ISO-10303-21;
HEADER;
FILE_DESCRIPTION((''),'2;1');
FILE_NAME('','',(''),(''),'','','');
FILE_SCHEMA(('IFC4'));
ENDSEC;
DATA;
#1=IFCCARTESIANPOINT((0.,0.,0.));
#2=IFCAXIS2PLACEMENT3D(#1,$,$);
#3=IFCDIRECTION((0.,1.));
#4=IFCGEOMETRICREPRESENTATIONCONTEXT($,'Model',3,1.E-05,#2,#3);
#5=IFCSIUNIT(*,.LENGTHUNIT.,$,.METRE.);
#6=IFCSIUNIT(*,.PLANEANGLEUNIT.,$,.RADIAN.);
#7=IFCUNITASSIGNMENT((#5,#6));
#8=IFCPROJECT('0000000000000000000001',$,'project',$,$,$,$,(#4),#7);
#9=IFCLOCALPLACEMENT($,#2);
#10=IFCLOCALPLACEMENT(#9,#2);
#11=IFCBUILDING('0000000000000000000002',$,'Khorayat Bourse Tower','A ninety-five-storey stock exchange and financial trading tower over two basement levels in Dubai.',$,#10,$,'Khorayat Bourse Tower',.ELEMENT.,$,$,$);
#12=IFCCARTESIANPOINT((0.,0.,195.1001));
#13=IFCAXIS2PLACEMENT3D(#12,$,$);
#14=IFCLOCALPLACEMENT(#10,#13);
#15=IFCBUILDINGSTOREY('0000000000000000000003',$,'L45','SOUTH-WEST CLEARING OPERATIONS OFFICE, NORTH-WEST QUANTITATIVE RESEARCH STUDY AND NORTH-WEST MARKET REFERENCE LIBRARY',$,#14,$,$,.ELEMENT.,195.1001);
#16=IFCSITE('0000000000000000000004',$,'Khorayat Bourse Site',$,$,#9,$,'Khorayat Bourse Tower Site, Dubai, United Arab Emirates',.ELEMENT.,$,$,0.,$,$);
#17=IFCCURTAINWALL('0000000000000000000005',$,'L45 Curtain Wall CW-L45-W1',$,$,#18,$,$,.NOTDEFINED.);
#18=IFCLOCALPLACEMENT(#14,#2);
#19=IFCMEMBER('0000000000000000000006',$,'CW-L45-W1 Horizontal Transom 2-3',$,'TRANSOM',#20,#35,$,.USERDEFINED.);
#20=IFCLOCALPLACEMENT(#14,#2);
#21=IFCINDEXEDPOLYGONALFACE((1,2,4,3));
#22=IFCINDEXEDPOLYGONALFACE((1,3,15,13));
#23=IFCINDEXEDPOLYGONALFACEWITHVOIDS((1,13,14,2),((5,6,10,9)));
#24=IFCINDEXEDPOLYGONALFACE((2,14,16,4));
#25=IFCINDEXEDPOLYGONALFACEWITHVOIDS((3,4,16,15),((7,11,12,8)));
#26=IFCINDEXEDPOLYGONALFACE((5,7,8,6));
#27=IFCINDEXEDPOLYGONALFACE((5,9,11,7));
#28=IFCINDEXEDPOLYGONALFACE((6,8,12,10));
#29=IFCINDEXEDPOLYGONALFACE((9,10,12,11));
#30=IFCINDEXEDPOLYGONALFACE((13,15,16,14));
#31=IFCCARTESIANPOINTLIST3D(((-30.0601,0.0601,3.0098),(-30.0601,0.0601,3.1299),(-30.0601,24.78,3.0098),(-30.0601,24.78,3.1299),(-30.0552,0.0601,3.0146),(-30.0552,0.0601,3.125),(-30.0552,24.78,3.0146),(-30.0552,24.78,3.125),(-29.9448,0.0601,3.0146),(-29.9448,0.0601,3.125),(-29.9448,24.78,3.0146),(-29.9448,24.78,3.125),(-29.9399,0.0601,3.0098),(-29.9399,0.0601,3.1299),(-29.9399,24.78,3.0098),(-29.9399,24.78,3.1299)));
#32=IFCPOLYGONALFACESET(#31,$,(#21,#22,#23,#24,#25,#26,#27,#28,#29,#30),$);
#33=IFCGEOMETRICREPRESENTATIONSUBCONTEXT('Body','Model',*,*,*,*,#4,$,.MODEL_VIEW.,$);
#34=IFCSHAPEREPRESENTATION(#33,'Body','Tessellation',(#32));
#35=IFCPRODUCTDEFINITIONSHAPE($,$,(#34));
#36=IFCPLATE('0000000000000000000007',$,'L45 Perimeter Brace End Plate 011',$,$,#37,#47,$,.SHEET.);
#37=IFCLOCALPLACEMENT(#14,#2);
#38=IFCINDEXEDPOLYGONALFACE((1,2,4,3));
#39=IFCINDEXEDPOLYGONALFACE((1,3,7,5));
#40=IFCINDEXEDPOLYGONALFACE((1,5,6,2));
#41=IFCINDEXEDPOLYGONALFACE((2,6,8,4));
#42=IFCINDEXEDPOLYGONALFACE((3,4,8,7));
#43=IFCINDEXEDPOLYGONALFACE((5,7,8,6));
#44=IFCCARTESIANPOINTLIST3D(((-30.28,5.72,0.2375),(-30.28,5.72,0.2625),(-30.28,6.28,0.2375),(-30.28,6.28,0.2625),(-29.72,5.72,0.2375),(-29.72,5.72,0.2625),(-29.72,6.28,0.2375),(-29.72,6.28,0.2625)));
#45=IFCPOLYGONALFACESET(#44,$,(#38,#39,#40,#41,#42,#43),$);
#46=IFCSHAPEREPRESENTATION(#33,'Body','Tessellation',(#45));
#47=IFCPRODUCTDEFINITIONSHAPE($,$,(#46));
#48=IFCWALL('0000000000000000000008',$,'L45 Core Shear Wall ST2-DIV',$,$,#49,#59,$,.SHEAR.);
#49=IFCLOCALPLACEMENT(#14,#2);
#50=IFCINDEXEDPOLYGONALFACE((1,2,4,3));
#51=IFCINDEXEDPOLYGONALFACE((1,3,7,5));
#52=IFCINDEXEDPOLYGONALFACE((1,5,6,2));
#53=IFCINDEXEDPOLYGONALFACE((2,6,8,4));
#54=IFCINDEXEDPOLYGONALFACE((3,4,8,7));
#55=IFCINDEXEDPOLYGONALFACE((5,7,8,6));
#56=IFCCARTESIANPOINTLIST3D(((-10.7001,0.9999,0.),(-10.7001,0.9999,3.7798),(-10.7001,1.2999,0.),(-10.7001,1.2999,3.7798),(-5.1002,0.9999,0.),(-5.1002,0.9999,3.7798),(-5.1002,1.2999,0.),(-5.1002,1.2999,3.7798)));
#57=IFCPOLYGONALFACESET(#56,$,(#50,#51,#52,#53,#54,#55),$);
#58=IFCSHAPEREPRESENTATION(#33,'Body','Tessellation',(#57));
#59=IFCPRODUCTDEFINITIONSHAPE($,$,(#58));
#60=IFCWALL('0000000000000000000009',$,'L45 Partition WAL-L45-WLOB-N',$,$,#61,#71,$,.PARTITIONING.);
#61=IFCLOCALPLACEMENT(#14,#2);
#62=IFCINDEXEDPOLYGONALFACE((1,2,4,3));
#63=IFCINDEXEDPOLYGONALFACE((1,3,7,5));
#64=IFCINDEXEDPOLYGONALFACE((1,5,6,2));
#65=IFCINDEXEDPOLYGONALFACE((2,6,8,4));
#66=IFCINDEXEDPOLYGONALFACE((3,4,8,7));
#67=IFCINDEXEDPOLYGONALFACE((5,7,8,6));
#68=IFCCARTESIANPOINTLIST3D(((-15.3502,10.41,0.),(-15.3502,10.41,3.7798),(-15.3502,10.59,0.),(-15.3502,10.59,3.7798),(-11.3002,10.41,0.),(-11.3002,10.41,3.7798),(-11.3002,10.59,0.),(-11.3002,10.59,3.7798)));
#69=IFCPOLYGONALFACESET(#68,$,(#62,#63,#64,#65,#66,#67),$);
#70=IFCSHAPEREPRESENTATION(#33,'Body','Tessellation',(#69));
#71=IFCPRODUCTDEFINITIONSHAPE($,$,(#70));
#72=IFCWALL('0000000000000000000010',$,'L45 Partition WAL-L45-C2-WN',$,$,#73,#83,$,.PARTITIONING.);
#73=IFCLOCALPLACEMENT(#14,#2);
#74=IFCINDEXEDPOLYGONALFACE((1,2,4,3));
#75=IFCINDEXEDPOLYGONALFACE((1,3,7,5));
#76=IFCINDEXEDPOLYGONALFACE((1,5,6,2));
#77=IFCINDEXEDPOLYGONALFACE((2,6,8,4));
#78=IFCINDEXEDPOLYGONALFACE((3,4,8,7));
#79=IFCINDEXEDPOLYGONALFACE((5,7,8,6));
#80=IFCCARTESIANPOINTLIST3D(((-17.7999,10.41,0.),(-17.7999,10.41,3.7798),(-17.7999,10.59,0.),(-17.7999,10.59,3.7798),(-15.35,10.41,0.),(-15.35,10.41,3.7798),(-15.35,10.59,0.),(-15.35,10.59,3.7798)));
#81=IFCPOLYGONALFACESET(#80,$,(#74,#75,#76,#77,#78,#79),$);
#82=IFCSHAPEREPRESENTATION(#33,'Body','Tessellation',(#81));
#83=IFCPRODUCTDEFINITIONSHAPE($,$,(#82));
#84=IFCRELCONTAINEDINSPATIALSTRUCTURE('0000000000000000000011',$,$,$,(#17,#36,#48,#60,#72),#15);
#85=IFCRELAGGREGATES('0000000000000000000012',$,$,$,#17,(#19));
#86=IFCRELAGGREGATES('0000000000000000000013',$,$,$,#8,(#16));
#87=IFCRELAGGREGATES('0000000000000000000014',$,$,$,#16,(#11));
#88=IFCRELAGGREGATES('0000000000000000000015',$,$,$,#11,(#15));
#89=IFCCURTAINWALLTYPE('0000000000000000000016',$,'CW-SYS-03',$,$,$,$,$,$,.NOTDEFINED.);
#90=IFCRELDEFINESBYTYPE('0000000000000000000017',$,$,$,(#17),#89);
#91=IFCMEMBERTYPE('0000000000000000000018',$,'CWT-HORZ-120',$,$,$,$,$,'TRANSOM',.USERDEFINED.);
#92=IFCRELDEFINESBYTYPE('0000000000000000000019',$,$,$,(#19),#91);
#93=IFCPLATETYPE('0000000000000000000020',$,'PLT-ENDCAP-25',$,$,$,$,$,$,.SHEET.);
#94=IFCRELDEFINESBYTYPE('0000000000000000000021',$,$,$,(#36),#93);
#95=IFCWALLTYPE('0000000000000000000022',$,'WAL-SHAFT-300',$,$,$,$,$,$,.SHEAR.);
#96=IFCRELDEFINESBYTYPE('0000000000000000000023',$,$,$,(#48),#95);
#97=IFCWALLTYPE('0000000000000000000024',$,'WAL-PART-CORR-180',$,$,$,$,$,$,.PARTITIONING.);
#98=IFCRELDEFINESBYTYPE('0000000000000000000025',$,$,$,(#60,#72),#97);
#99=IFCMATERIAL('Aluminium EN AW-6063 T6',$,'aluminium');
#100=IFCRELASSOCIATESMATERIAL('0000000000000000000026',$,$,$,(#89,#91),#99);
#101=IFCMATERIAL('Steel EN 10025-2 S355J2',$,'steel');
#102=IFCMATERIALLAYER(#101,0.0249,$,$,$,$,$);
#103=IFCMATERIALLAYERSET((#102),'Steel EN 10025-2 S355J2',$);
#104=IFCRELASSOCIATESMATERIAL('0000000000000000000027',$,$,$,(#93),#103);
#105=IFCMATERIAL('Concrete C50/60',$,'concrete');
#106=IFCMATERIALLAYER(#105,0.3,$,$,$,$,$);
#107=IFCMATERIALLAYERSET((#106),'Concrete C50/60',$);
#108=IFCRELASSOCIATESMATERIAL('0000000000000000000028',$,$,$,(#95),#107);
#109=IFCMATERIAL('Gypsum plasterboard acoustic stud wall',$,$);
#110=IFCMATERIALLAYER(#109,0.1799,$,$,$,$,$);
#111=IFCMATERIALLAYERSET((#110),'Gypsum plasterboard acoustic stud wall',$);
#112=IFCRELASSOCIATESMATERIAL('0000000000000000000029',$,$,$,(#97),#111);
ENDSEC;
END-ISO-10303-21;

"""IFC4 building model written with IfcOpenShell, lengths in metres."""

from ifc_helpers import new_model, si_unit, direction, frame, frame_2d, origin, origin_2d, place, context, subcontext, project, spatial, rectangle, hollow_rectangle, extrude, source, transform, mapped, material, layer, layer_set, material_profile, profile_set, type_object, element, aggregate, save


model = new_model("IFC4")

# Units and contexts
model_context = context("Model", 3, precision=1e-05, world=origin(), true_north=direction((0.0, 1.0)))
body_context = subcontext(model_context, "Body", "Model", "MODEL_VIEW")
ifc_project = project(units=[si_unit("LENGTHUNIT", "METRE"), si_unit("PLANEANGLEUNIT", "RADIAN")], contexts=[model_context])

# Site, building, storey
site_placement = place(None, origin())
site = spatial("IfcSite", under=ifc_project, at=site_placement, Name="Khorayat Bourse Site", LongName="Khorayat Bourse Tower Site, Dubai, United Arab Emirates", CompositionType="ELEMENT", RefElevation=0.0)
building_placement = place(site_placement, origin())
building = spatial("IfcBuilding", under=site, at=building_placement, Name="Khorayat Bourse Tower", Description="A ninety-five-storey stock exchange and financial trading tower over two basement levels in Dubai.", LongName="Khorayat Bourse Tower", CompositionType="ELEMENT")
storey_placement = place(building_placement, frame((0.0, 0.0, 195.1001)))
storey = spatial("IfcBuildingStorey", under=building, at=storey_placement, Name="L45", Description="SOUTH-WEST CLEARING OPERATIONS OFFICE, NORTH-WEST QUANTITATIVE RESEARCH STUDY AND NORTH-WEST MARKET REFERENCE LIBRARY", CompositionType="ELEMENT", Elevation=195.1001)

# Curtain wall, member
ifc_material_1 = material(Name="Aluminium EN AW-6063 T6", Category="aluminium")
curtain_wall_type = type_object("IfcCurtainWallType", Name="CW-SYS-03", PredefinedType="NOTDEFINED", material=ifc_material_1)
curtain_wall_placement = place(storey_placement, origin())
curtain_wall = element("IfcCurtainWall", 1, at=curtain_wall_placement, inside=storey, type_object=curtain_wall_type, Name="L45 Curtain Wall CW-L45-W1", PredefinedType="NOTDEFINED")
ifc_material_profile_1 = material_profile(ifc_material_1, hollow_rectangle(XDim=0.1201, YDim=0.1201, WallThickness=0.0049, at=origin_2d()), Name="ALU 120x120x5")
ifc_profile_set_1 = profile_set([ifc_material_profile_1], Name="Aluminium EN AW-6063 T6")
member_type_1 = type_object("IfcMemberType", Name="CWT-HORZ-120", ElementType="TRANSOM", PredefinedType="USERDEFINED", material=ifc_profile_set_1)
shared_shape_1 = source(origin(), body_context, "Body", "SweptSolid", [
    extrude(hollow_rectangle(XDim=0.1201, YDim=0.1201, WallThickness=0.0049, at=origin_2d()), origin(), (0.0, 0.0, 1.0), 24.72),
])
member_1_placement = place(storey_placement, frame((-30.0, 0.0601, 3.0698), z_axis=(0.0, 1.0, 0.0), x_axis=(-1.0, 0.0, 0.0)))
member_1 = element("IfcMember", 2, at=member_1_placement, type_object=member_type_1, Name="CW-L45-W1 Horizontal Transom 2-3", ObjectType="TRANSOM", PredefinedType="USERDEFINED", context=body_context, shape_type="MappedRepresentation", body=[
    mapped(shared_shape_1, transform((0.0, 0.0, 0.0), scale=1.0)),
])
aggregate(curtain_wall, [member_1])

# Plate
ifc_material_2 = material(Name="Steel EN 10025-2 S355J2", Category="steel")
ifc_layer_1 = layer(ifc_material_2, 0.0249)
ifc_layer_set_1 = layer_set([ifc_layer_1], Name="Steel EN 10025-2 S355J2")
plate_type = type_object("IfcPlateType", Name="PLT-ENDCAP-25", PredefinedType="SHEET", material=ifc_layer_set_1)
shared_shape_2 = source(origin(), body_context, "Body", "SweptSolid", [
    extrude(rectangle(XDim=0.5601, YDim=0.5601, at=origin_2d()), origin(), (0.0, 0.0, 1.0), 0.0249),
])
plate_placement = place(storey_placement, frame((-30.0, 6.0, 0.2375), z_axis=(0.0, 0.0, 1.0), x_axis=(1.0, 0.0, 0.0)))
element("IfcPlate", 3, at=plate_placement, inside=storey, type_object=plate_type, Name="L45 Perimeter Brace End Plate 011", PredefinedType="SHEET", context=body_context, shape_type="MappedRepresentation", body=[
    mapped(shared_shape_2, transform((0.0, 0.0, 0.0), scale=1.0)),
])

# Walls
ifc_material_3 = material(Name="Concrete C50/60", Category="concrete")
ifc_layer_2 = layer(ifc_material_3, 0.3)
ifc_layer_set_2 = layer_set([ifc_layer_2], Name="Concrete C50/60")
wall_type_1 = type_object("IfcWallType", Name="WAL-SHAFT-300", PredefinedType="SHEAR", material=ifc_layer_set_2)
shared_shape_3 = source(origin(), body_context, "Body", "SweptSolid", [
    extrude(rectangle(XDim=5.5999, YDim=0.3, at=frame_2d((2.7998, 0.0))), origin(), (0.0, 0.0, 1.0), 3.7798),
])
wall_1_placement = place(storey_placement, frame((-10.7, 1.1499, 0.0), z_axis=(0.0, 0.0, 1.0), x_axis=(1.0, 0.0, 0.0)))
element("IfcWall", 4, at=wall_1_placement, inside=storey, type_object=wall_type_1, Name="L45 Core Shear Wall ST2-DIV", PredefinedType="SHEAR", context=body_context, shape_type="MappedRepresentation", body=[
    mapped(shared_shape_3, transform((0.0, 0.0, 0.0), scale=1.0)),
])
ifc_material_4 = material(Name="Gypsum plasterboard acoustic stud wall")
ifc_layer_3 = layer(ifc_material_4, 0.1799)
ifc_layer_set_3 = layer_set([ifc_layer_3], Name="Gypsum plasterboard acoustic stud wall")
wall_type_2 = type_object("IfcWallType", Name="WAL-PART-CORR-180", PredefinedType="PARTITIONING", material=ifc_layer_set_3)
shared_shape_4 = source(origin(), body_context, "Body", "SweptSolid", [
    extrude(rectangle(XDim=4.05, YDim=0.1799, at=frame_2d((2.0249, 0.0))), origin(), (0.0, 0.0, 1.0), 3.7798),
])
wall_2_placement = place(storey_placement, frame((-15.3501, 10.5, 0.0), z_axis=(0.0, 0.0, 1.0), x_axis=(1.0, 0.0, 0.0)))
element("IfcWall", 5, at=wall_2_placement, inside=storey, type_object=wall_type_2, Name="L45 Partition WAL-L45-WLOB-N", PredefinedType="PARTITIONING", context=body_context, shape_type="MappedRepresentation", body=[
    mapped(shared_shape_4, transform((0.0, 0.0, 0.0), scale=1.0)),
])
shared_shape_5 = source(origin(), body_context, "Body", "SweptSolid", [
    extrude(rectangle(XDim=2.45, YDim=0.1799, at=frame_2d((1.2251, 0.0))), origin(), (0.0, 0.0, 1.0), 3.7798),
])
wall_3_placement = place(storey_placement, frame((-17.8, 10.5, 0.0), z_axis=(0.0, 0.0, 1.0), x_axis=(1.0, 0.0, 0.0)))
element("IfcWall", 6, at=wall_3_placement, inside=storey, type_object=wall_type_2, Name="L45 Partition WAL-L45-C2-WN", PredefinedType="PARTITIONING", context=body_context, shape_type="MappedRepresentation", body=[
    mapped(shared_shape_5, transform((0.0, 0.0, 0.0), scale=1.0)),
])

save(model, "model.ifc")
